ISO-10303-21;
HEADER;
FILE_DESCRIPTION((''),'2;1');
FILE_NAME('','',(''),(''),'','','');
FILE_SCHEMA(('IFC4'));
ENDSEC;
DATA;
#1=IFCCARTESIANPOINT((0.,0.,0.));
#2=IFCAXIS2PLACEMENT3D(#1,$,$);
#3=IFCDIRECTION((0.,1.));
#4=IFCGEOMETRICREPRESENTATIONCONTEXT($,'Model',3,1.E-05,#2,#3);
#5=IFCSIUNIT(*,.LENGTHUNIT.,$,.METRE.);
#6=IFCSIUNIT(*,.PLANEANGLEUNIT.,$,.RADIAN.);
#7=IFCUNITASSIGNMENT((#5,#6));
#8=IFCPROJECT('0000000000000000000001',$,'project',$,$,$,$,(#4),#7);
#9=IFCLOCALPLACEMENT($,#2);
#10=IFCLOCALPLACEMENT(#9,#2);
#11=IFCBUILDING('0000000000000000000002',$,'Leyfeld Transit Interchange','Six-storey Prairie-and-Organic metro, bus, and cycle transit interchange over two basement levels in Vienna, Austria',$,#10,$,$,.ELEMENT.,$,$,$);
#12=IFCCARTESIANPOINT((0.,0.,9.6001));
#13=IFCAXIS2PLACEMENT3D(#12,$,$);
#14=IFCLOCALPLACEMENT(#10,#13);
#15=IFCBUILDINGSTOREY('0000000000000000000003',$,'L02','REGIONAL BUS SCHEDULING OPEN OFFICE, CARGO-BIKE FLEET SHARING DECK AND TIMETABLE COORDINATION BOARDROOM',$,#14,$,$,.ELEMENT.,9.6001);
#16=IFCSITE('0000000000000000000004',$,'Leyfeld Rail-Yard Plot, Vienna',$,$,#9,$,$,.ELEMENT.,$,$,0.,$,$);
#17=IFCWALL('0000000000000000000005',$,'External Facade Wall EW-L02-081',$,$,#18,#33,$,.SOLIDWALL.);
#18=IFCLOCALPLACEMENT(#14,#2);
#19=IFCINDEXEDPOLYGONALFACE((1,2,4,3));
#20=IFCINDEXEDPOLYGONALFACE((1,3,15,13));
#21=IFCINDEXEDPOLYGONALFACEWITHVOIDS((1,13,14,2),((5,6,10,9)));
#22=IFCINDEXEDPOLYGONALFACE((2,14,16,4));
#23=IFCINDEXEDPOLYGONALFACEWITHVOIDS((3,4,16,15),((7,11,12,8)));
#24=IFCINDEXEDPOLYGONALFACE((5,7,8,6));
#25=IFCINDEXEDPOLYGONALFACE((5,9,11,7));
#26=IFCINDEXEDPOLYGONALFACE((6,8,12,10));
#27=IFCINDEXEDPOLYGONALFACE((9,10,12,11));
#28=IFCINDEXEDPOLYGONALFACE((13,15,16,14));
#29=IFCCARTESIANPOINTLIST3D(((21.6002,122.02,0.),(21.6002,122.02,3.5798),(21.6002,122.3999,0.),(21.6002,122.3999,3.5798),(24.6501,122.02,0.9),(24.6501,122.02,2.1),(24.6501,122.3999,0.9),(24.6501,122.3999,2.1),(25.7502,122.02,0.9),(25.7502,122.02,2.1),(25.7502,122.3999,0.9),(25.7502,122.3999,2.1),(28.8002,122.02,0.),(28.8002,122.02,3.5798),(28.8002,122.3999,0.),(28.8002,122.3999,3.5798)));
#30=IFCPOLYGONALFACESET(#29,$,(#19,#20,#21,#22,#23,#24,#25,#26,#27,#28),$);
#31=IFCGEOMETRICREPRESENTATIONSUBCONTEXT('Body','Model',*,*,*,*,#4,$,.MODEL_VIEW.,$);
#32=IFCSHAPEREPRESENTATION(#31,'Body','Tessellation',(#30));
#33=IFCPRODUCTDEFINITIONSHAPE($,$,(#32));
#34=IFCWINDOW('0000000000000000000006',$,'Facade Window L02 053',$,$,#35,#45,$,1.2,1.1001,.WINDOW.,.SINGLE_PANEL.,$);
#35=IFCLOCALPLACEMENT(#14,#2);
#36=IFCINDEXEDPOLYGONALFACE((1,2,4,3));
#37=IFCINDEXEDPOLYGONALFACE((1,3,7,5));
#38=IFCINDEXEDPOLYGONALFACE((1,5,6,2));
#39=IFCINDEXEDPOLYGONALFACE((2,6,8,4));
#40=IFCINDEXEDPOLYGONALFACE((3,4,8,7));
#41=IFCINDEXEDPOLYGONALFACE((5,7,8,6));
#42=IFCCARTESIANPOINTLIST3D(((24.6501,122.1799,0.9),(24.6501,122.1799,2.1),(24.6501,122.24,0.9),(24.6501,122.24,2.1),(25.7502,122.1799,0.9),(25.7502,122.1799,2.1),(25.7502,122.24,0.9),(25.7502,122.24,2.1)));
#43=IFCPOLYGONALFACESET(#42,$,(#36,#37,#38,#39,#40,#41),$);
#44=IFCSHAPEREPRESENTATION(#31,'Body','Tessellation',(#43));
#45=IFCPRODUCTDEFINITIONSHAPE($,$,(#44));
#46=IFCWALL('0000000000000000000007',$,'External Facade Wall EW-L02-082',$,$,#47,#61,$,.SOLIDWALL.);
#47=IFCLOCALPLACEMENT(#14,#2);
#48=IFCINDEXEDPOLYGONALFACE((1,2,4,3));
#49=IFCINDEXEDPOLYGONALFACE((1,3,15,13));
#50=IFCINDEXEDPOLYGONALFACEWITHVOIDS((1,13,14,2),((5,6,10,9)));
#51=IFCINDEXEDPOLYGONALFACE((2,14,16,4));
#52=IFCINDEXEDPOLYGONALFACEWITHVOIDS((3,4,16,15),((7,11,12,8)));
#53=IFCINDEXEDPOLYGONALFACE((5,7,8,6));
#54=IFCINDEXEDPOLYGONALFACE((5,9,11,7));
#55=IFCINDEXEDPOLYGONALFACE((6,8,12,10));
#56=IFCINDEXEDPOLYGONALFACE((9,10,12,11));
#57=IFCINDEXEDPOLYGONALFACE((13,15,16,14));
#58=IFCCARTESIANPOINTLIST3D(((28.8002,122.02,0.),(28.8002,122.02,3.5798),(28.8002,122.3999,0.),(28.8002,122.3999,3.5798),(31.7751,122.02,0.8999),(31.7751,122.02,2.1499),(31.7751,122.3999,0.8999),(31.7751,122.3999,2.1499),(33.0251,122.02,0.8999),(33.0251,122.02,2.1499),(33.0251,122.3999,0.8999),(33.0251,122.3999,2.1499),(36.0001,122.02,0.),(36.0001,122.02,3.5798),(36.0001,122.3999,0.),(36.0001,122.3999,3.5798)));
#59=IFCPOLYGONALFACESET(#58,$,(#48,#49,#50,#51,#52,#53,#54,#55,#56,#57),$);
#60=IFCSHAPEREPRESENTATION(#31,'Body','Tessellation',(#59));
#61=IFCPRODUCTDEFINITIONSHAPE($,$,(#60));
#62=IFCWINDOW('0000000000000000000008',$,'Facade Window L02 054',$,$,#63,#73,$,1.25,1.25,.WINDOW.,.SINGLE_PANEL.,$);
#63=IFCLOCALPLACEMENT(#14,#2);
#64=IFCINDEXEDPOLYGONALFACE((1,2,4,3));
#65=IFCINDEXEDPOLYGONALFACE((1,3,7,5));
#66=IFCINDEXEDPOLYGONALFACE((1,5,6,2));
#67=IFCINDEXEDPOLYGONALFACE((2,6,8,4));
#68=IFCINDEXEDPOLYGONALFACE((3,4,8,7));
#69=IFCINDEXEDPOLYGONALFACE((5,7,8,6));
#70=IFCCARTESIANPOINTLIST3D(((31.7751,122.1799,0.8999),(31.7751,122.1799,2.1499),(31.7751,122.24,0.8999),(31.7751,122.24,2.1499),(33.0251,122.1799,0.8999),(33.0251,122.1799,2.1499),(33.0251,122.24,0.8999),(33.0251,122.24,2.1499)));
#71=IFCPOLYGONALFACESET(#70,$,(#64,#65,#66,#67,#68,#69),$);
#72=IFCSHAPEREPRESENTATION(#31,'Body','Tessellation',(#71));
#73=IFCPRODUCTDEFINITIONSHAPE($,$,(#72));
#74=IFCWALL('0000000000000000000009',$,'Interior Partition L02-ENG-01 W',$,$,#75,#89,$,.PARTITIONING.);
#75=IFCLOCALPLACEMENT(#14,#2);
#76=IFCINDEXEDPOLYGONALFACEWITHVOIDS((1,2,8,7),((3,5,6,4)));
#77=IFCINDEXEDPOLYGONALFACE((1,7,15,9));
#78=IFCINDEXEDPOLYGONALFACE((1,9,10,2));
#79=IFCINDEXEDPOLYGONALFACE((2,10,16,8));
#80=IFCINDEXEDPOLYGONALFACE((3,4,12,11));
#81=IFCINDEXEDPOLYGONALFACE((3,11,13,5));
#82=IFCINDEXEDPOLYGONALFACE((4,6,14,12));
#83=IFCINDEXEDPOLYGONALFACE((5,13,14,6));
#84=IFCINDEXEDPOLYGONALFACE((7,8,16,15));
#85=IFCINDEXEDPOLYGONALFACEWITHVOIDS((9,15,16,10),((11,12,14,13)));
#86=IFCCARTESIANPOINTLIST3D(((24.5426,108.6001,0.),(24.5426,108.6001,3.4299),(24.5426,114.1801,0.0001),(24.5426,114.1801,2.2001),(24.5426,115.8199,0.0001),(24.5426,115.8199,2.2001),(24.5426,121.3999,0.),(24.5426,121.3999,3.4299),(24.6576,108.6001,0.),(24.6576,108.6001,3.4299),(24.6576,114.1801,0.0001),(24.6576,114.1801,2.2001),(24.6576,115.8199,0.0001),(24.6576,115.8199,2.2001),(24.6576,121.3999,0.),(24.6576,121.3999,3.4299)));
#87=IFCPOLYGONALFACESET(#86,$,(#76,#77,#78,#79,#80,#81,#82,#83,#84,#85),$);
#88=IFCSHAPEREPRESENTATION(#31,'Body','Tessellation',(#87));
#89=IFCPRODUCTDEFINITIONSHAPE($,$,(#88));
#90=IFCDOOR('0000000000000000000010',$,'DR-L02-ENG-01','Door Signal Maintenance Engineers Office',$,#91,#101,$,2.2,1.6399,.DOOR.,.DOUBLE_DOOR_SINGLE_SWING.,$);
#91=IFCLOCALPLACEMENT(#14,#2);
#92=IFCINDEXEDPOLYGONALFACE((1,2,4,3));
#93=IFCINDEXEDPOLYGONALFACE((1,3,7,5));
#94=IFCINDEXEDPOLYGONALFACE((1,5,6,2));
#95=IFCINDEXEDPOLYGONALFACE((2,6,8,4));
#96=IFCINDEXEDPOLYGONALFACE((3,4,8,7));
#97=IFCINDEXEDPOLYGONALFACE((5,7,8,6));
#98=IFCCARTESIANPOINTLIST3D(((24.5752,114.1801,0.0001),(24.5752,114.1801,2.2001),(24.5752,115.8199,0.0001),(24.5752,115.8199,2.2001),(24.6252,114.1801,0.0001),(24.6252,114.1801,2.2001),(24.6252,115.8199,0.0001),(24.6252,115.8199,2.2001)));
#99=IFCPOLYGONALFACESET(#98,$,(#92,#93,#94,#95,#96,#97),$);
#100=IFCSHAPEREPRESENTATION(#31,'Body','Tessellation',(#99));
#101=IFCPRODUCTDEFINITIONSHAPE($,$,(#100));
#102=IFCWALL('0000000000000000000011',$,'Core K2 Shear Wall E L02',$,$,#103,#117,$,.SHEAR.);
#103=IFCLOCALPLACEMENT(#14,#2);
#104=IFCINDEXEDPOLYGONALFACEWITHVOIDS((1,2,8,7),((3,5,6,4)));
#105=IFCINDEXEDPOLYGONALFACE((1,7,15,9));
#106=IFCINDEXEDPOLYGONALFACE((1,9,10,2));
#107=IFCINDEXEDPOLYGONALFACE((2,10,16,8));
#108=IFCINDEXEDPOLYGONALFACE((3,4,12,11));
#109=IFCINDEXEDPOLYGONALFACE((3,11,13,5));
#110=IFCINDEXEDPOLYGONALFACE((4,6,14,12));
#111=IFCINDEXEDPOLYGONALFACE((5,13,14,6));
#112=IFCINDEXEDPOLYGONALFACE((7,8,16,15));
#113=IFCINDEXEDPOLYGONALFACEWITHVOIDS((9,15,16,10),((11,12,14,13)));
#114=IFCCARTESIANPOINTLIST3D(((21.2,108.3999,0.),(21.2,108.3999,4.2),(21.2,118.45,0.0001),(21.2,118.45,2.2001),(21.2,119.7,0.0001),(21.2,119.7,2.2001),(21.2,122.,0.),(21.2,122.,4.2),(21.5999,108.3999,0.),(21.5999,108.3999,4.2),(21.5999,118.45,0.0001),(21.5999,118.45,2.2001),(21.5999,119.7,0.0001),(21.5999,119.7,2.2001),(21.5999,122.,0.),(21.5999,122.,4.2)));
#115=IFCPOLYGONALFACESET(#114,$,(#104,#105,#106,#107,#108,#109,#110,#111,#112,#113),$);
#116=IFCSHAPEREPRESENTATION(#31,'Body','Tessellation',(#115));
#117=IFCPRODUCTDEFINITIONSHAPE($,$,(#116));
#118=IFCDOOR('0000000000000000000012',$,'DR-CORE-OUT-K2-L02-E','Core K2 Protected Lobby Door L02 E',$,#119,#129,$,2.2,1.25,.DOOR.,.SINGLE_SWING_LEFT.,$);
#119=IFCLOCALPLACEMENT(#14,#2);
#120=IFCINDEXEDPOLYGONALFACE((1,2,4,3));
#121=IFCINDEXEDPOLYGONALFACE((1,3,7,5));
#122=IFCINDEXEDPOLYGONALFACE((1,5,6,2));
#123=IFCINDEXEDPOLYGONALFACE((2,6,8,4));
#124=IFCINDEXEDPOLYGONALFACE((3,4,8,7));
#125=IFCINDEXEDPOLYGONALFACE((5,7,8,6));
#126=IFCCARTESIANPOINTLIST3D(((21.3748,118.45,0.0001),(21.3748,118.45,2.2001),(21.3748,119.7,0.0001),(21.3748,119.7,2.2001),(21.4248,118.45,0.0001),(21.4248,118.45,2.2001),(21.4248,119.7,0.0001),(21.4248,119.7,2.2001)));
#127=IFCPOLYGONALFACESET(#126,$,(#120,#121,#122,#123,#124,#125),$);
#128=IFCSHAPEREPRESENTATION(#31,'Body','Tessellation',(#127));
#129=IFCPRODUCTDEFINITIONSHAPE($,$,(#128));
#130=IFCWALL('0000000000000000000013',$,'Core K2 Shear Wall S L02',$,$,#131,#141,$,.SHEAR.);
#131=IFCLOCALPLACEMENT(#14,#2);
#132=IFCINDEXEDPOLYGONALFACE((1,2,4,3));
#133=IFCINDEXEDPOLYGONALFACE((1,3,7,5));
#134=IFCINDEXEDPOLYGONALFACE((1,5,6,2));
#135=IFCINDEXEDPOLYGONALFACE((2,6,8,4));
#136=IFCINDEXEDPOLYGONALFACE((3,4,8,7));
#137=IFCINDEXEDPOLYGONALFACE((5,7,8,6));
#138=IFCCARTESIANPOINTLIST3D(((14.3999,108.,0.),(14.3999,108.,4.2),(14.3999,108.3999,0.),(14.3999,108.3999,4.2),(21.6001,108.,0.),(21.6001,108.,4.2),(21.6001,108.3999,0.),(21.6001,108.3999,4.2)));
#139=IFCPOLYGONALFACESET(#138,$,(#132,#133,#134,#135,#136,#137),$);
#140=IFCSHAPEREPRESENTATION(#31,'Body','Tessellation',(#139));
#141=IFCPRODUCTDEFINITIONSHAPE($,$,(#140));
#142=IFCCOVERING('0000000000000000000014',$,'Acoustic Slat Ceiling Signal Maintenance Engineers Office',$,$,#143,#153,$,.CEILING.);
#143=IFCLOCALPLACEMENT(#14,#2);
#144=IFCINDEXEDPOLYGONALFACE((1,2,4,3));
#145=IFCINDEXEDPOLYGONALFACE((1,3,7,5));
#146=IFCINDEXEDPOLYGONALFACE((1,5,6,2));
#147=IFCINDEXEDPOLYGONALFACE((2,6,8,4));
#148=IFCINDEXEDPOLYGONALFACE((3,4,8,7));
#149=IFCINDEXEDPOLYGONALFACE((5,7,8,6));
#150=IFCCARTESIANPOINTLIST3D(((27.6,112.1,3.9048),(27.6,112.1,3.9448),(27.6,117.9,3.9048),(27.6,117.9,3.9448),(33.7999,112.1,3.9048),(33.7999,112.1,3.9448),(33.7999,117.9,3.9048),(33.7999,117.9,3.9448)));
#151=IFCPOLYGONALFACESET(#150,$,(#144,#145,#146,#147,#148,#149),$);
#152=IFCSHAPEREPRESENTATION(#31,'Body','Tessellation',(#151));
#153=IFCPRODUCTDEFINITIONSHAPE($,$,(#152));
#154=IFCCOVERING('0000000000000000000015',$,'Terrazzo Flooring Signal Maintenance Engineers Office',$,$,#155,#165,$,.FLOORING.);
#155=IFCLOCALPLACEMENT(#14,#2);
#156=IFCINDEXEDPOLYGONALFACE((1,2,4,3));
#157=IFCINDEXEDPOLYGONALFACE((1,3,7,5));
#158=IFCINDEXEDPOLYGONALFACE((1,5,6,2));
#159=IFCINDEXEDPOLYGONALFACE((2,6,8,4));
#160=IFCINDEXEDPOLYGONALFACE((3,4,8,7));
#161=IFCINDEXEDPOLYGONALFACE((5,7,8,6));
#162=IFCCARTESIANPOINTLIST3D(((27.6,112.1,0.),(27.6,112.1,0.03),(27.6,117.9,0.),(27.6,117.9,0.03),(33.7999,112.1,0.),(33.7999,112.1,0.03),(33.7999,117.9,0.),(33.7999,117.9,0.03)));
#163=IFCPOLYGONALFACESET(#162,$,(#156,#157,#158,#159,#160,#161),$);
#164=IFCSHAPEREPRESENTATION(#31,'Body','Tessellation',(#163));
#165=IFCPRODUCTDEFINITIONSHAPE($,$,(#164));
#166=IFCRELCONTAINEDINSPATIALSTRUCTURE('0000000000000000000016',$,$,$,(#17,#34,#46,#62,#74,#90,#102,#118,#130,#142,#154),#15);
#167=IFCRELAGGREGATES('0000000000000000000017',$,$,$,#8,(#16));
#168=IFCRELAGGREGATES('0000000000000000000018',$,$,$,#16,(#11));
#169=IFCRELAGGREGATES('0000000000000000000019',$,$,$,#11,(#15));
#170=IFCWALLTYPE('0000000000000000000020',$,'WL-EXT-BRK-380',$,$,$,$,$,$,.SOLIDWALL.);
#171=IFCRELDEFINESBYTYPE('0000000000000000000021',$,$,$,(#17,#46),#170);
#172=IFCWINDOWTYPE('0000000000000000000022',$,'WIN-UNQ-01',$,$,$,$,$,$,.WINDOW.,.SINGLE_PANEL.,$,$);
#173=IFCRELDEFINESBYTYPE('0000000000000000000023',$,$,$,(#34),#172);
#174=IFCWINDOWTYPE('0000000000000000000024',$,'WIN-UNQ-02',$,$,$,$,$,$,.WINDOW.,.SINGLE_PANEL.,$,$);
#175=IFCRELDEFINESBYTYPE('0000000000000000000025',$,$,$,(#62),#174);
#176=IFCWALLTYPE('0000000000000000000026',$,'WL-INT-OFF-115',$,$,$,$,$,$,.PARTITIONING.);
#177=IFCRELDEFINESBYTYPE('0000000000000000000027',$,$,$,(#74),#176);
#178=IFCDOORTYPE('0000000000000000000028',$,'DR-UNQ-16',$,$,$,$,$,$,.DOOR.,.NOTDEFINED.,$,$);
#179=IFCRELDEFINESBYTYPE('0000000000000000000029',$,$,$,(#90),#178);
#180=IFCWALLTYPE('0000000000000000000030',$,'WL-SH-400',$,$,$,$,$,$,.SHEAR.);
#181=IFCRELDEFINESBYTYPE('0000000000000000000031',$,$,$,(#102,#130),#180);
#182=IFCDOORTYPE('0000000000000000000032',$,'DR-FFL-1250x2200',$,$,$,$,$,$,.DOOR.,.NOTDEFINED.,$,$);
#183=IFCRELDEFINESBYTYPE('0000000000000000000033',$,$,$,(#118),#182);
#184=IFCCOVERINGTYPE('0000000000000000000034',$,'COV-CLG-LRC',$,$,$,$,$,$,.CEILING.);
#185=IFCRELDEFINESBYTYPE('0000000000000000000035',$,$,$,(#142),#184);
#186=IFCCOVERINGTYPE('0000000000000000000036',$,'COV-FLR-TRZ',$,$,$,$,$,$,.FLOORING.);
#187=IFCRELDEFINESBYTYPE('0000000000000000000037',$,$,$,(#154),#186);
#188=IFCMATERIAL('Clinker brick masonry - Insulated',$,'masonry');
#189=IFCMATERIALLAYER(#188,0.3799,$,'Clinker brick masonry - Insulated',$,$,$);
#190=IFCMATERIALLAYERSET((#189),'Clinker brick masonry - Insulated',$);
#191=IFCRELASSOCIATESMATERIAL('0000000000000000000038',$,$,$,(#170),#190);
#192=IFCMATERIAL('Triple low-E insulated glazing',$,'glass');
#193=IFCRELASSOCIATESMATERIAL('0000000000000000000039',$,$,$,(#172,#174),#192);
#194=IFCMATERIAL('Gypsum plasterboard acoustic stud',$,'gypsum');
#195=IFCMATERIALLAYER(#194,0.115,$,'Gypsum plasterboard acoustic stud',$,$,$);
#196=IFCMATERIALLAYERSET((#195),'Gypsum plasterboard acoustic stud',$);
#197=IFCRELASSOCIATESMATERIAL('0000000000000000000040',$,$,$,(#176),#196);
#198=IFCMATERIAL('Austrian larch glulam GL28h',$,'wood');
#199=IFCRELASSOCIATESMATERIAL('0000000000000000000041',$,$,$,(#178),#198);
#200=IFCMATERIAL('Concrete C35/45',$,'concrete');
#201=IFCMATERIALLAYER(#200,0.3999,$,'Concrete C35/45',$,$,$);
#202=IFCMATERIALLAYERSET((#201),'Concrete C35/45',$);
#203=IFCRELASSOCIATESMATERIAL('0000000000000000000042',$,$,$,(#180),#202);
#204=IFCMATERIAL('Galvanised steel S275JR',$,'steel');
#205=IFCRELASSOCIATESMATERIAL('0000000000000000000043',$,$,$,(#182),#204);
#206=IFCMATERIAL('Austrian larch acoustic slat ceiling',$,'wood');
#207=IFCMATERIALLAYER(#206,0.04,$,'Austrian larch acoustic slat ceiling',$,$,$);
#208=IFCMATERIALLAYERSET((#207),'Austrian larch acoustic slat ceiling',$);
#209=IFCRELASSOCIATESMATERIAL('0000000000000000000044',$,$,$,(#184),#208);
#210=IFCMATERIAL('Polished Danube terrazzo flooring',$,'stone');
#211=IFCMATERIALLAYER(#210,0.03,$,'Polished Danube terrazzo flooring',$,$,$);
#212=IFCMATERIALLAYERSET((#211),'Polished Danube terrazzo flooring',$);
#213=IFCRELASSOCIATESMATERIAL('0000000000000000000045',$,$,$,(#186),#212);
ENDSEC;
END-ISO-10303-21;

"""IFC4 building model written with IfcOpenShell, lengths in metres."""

from ifc_helpers import new_model, si_unit, direction, frame, frame_2d, origin, origin_2d, place, context, subcontext, project, spatial, rectangle, extrude, material, layer, layer_set, type_object, element, fill, save


model = new_model("IFC4")

# Units and contexts
model_context = context("Model", 3, precision=1e-05, world=origin(), true_north=direction((0.0, 1.0)))
body_context = subcontext(model_context, "Body", "Model", "MODEL_VIEW")
ifc_project = project(units=[si_unit("LENGTHUNIT", "METRE"), si_unit("PLANEANGLEUNIT", "RADIAN")], contexts=[model_context])

# Site, building, storey
site_placement = place(None, origin())
site = spatial("IfcSite", under=ifc_project, at=site_placement, Name="Leyfeld Rail-Yard Plot, Vienna", CompositionType="ELEMENT", RefElevation=0.0)
building_placement = place(site_placement, origin())
building = spatial("IfcBuilding", under=site, at=building_placement, Name="Leyfeld Transit Interchange", Description="Six-storey Prairie-and-Organic metro, bus, and cycle transit interchange over two basement levels in Vienna, Austria", CompositionType="ELEMENT")
storey_placement = place(building_placement, frame((0.0, 0.0, 9.6001)))
storey = spatial("IfcBuildingStorey", under=building, at=storey_placement, Name="L02", Description="REGIONAL BUS SCHEDULING OPEN OFFICE, CARGO-BIKE FLEET SHARING DECK AND TIMETABLE COORDINATION BOARDROOM", CompositionType="ELEMENT", Elevation=9.6001)

# Shared definitions
ifc_material_1 = material(Name="Concrete C35/45", Category="concrete")

# Walls, openings, windows
ifc_material_2 = material(Name="Clinker brick masonry - Insulated", Category="masonry")
ifc_layer_1 = layer(ifc_material_2, 0.3799, Name="Clinker brick masonry - Insulated")
ifc_layer_set_1 = layer_set([ifc_layer_1], Name="Clinker brick masonry - Insulated")
wall_type_1 = type_object("IfcWallType", Name="WL-EXT-BRK-380", PredefinedType="SOLIDWALL", material=ifc_layer_set_1)
wall_1_placement = place(storey_placement, frame((21.6001, 122.21, 0.0), z_axis=(0.0, 0.0, 1.0), x_axis=(1.0, 0.0, 0.0)))
wall_1 = element("IfcWall", 1, at=wall_1_placement, inside=storey, type_object=wall_type_1, Name="External Facade Wall EW-L02-081", PredefinedType="SOLIDWALL", context=body_context, shape_type="SweptSolid", body=[
    extrude(rectangle(XDim=7.2, YDim=0.3799, at=frame_2d((3.6001, 0.0))), origin(), (0.0, 0.0, 1.0), 3.5798),
])
opening_1_placement = place(wall_1_placement, frame((3.05, 0.0, 0.8999)))
opening_1 = element("IfcOpeningElement", 2, at=opening_1_placement, cuts=wall_1, PredefinedType="OPENING", context=body_context, shape_type="SweptSolid", body=[
    extrude(rectangle(XDim=1.1001, YDim=1.2, at=frame_2d((0.55, 0.6001))), frame((0.0, 0.2, 0.0), z_axis=(0.0, -1.0, 0.0), x_axis=(1.0, 0.0, 0.0)), (0.0, 0.0, 1.0), 0.3999),
])
ifc_material_3 = material(Name="Triple low-E insulated glazing", Category="glass")
window_type_1 = type_object("IfcWindowType", Name="WIN-UNQ-01", PartitioningType="SINGLE_PANEL", PredefinedType="WINDOW", material=ifc_material_3)
window_1_placement = place(opening_1_placement, origin())
window_1 = element("IfcWindow", 3, at=window_1_placement, inside=storey, type_object=window_type_1, Name="Facade Window L02 053", OverallHeight=1.2, OverallWidth=1.1001, PartitioningType="SINGLE_PANEL", PredefinedType="WINDOW", context=body_context, shape_type="SweptSolid", body=[
    extrude(rectangle(XDim=1.1001, YDim=1.2, at=frame_2d((0.55, 0.6001))), frame((0.0, 0.03, 0.0), z_axis=(0.0, -1.0, 0.0), x_axis=(1.0, 0.0, 0.0)), (0.0, 0.0, 1.0), 0.0601),
])
fill(opening_1, window_1)
wall_2_placement = place(storey_placement, frame((28.8, 122.21, 0.0), z_axis=(0.0, 0.0, 1.0), x_axis=(1.0, 0.0, 0.0)))
wall_2 = element("IfcWall", 4, at=wall_2_placement, inside=storey, type_object=wall_type_1, Name="External Facade Wall EW-L02-082", PredefinedType="SOLIDWALL", context=body_context, shape_type="SweptSolid", body=[
    extrude(rectangle(XDim=7.2, YDim=0.3799, at=frame_2d((3.6001, 0.0))), origin(), (0.0, 0.0, 1.0), 3.5798),
])
opening_2_placement = place(wall_2_placement, frame((2.9751, 0.0, 0.8999)))
opening_2 = element("IfcOpeningElement", 5, at=opening_2_placement, cuts=wall_2, PredefinedType="OPENING", context=body_context, shape_type="SweptSolid", body=[
    extrude(rectangle(XDim=1.25, YDim=1.25, at=frame_2d((0.625, 0.625))), frame((0.0, 0.2, 0.0), z_axis=(0.0, -1.0, 0.0), x_axis=(1.0, 0.0, 0.0)), (0.0, 0.0, 1.0), 0.3999),
])
window_type_2 = type_object("IfcWindowType", Name="WIN-UNQ-02", PartitioningType="SINGLE_PANEL", PredefinedType="WINDOW", material=ifc_material_3)
window_2_placement = place(opening_2_placement, origin())
window_2 = element("IfcWindow", 6, at=window_2_placement, inside=storey, type_object=window_type_2, Name="Facade Window L02 054", OverallHeight=1.25, OverallWidth=1.25, PartitioningType="SINGLE_PANEL", PredefinedType="WINDOW", context=body_context, shape_type="SweptSolid", body=[
    extrude(rectangle(XDim=1.25, YDim=1.25, at=frame_2d((0.625, 0.625))), frame((0.0, 0.03, 0.0), z_axis=(0.0, -1.0, 0.0), x_axis=(1.0, 0.0, 0.0)), (0.0, 0.0, 1.0), 0.0601),
])
fill(opening_2, window_2)

# Walls, openings, doors
ifc_material_4 = material(Name="Gypsum plasterboard acoustic stud", Category="gypsum")
ifc_layer_2 = layer(ifc_material_4, 0.115, Name="Gypsum plasterboard acoustic stud")
ifc_layer_set_2 = layer_set([ifc_layer_2], Name="Gypsum plasterboard acoustic stud")
wall_type_2 = type_object("IfcWallType", Name="WL-INT-OFF-115", PredefinedType="PARTITIONING", material=ifc_layer_set_2)
wall_3_placement = place(storey_placement, frame((24.6001, 108.6001, 0.0), z_axis=(0.0, 0.0, 1.0), x_axis=(0.0, 1.0, 0.0)))
wall_3 = element("IfcWall", 7, at=wall_3_placement, inside=storey, type_object=wall_type_2, Name="Interior Partition L02-ENG-01 W", PredefinedType="PARTITIONING", context=body_context, shape_type="SweptSolid", body=[
    extrude(rectangle(XDim=12.7998, YDim=0.115, at=frame_2d((6.3999, 0.0))), origin(), (0.0, 0.0, 1.0), 3.4299),
])
opening_3_placement = place(wall_3_placement, frame((5.5801, 0.0, 0.0)))
opening_3 = element("IfcOpeningElement", 8, at=opening_3_placement, cuts=wall_3, PredefinedType="OPENING", context=body_context, shape_type="SweptSolid", body=[
    extrude(rectangle(XDim=1.6399, YDim=2.2, at=frame_2d((0.8198, 1.1001))), frame((0.0, 0.0674, 0.0), z_axis=(0.0, -1.0, 0.0), x_axis=(1.0, 0.0, 0.0)), (0.0, 0.0, 1.0), 0.135),
])
ifc_material_5 = material(Name="Austrian larch glulam GL28h", Category="wood")
door_type_1 = type_object("IfcDoorType", Name="DR-UNQ-16", OperationType="NOTDEFINED", PredefinedType="DOOR", material=ifc_material_5)
door_1_placement = place(opening_3_placement, origin())
door_1 = element("IfcDoor", 9, at=door_1_placement, inside=storey, type_object=door_type_1, Name="DR-L02-ENG-01", Description="Door Signal Maintenance Engineers Office", OperationType="DOUBLE_DOOR_SINGLE_SWING", OverallHeight=2.2, OverallWidth=1.6399, PredefinedType="DOOR", context=body_context, shape_type="SweptSolid", body=[
    extrude(rectangle(XDim=1.6399, YDim=2.2, at=frame_2d((0.8198, 1.1001))), frame((0.0, 0.0249, 0.0), z_axis=(0.0, -1.0, 0.0), x_axis=(1.0, 0.0, 0.0)), (0.0, 0.0, 1.0), 0.05),
])
fill(opening_3, door_1)
ifc_layer_3 = layer(ifc_material_1, 0.3999, Name="Concrete C35/45")
ifc_layer_set_3 = layer_set([ifc_layer_3], Name="Concrete C35/45")
wall_type_3 = type_object("IfcWallType", Name="WL-SH-400", PredefinedType="SHEAR", material=ifc_layer_set_3)
wall_4_placement = place(storey_placement, frame((21.3999, 122.0, 0.0), z_axis=(0.0, 0.0, 1.0), x_axis=(0.0, -1.0, 0.0)))
wall_4 = element("IfcWall", 10, at=wall_4_placement, inside=storey, type_object=wall_type_3, Name="Core K2 Shear Wall E L02", PredefinedType="SHEAR", context=body_context, shape_type="SweptSolid", body=[
    extrude(rectangle(XDim=13.6001, YDim=0.3999, at=frame_2d((6.8, 0.0))), origin(), (0.0, 0.0, 1.0), 4.2),
])
opening_4_placement = place(wall_4_placement, frame((2.3, 0.0, 0.0)))
opening_4 = element("IfcOpeningElement", 11, at=opening_4_placement, cuts=wall_4, PredefinedType="OPENING", context=body_context, shape_type="SweptSolid", body=[
    extrude(rectangle(XDim=1.25, YDim=2.2, at=frame_2d((0.625, 1.1001))), frame((0.0, 0.21, 0.0), z_axis=(0.0, -1.0, 0.0), x_axis=(1.0, 0.0, 0.0)), (0.0, 0.0, 1.0), 0.4199),
])
ifc_material_6 = material(Name="Galvanised steel S275JR", Category="steel")
door_type_2 = type_object("IfcDoorType", Name="DR-FFL-1250x2200", OperationType="NOTDEFINED", PredefinedType="DOOR", material=ifc_material_6)
door_2_placement = place(opening_4_placement, origin())
door_2 = element("IfcDoor", 12, at=door_2_placement, inside=storey, type_object=door_type_2, Name="DR-CORE-OUT-K2-L02-E", Description="Core K2 Protected Lobby Door L02 E", OperationType="SINGLE_SWING_LEFT", OverallHeight=2.2, OverallWidth=1.25, PredefinedType="DOOR", context=body_context, shape_type="SweptSolid", body=[
    extrude(rectangle(XDim=1.25, YDim=2.2, at=frame_2d((0.625, 1.1001))), frame((0.0, 0.0249, 0.0), z_axis=(0.0, -1.0, 0.0), x_axis=(1.0, 0.0, 0.0)), (0.0, 0.0, 1.0), 0.05),
])
fill(opening_4, door_2)

# Wall
wall_5_placement = place(storey_placement, frame((21.6001, 108.2, 0.0), z_axis=(0.0, 0.0, 1.0), x_axis=(-1.0, 0.0, 0.0)))
element("IfcWall", 13, at=wall_5_placement, inside=storey, type_object=wall_type_3, Name="Core K2 Shear Wall S L02", PredefinedType="SHEAR", context=body_context, shape_type="SweptSolid", body=[
    extrude(rectangle(XDim=7.2002, YDim=0.3999, at=frame_2d((3.6001, 0.0))), origin(), (0.0, 0.0, 1.0), 4.2),
])

# Coverings
ifc_material_7 = material(Name="Austrian larch acoustic slat ceiling", Category="wood")
ifc_layer_4 = layer(ifc_material_7, 0.04, Name="Austrian larch acoustic slat ceiling")
ifc_layer_set_4 = layer_set([ifc_layer_4], Name="Austrian larch acoustic slat ceiling")
covering_type_1 = type_object("IfcCoveringType", Name="COV-CLG-LRC", PredefinedType="CEILING", material=ifc_layer_set_4)
covering_1_placement = place(storey_placement, frame((30.7, 115.0, 3.9048), z_axis=(0.0, 0.0, 1.0), x_axis=(1.0, 0.0, 0.0)))
element("IfcCovering", 14, at=covering_1_placement, inside=storey, type_object=covering_type_1, Name="Acoustic Slat Ceiling Signal Maintenance Engineers Office", PredefinedType="CEILING", context=body_context, shape_type="SweptSolid", body=[
    extrude(rectangle(XDim=6.2, YDim=5.8, at=origin_2d()), origin(), (0.0, 0.0, 1.0), 0.04),
])
ifc_material_8 = material(Name="Polished Danube terrazzo flooring", Category="stone")
ifc_layer_5 = layer(ifc_material_8, 0.03, Name="Polished Danube terrazzo flooring")
ifc_layer_set_5 = layer_set([ifc_layer_5], Name="Polished Danube terrazzo flooring")
covering_type_2 = type_object("IfcCoveringType", Name="COV-FLR-TRZ", PredefinedType="FLOORING", material=ifc_layer_set_5)
covering_2_placement = place(storey_placement, frame((30.7, 115.0, 0.0), z_axis=(0.0, 0.0, 1.0), x_axis=(1.0, 0.0, 0.0)))
element("IfcCovering", 15, at=covering_2_placement, inside=storey, type_object=covering_type_2, Name="Terrazzo Flooring Signal Maintenance Engineers Office", PredefinedType="FLOORING", context=body_context, shape_type="SweptSolid", body=[
    extrude(rectangle(XDim=6.2, YDim=5.8, at=origin_2d()), origin(), (0.0, 0.0, 1.0), 0.03),
])

save(model, "model.ifc")
